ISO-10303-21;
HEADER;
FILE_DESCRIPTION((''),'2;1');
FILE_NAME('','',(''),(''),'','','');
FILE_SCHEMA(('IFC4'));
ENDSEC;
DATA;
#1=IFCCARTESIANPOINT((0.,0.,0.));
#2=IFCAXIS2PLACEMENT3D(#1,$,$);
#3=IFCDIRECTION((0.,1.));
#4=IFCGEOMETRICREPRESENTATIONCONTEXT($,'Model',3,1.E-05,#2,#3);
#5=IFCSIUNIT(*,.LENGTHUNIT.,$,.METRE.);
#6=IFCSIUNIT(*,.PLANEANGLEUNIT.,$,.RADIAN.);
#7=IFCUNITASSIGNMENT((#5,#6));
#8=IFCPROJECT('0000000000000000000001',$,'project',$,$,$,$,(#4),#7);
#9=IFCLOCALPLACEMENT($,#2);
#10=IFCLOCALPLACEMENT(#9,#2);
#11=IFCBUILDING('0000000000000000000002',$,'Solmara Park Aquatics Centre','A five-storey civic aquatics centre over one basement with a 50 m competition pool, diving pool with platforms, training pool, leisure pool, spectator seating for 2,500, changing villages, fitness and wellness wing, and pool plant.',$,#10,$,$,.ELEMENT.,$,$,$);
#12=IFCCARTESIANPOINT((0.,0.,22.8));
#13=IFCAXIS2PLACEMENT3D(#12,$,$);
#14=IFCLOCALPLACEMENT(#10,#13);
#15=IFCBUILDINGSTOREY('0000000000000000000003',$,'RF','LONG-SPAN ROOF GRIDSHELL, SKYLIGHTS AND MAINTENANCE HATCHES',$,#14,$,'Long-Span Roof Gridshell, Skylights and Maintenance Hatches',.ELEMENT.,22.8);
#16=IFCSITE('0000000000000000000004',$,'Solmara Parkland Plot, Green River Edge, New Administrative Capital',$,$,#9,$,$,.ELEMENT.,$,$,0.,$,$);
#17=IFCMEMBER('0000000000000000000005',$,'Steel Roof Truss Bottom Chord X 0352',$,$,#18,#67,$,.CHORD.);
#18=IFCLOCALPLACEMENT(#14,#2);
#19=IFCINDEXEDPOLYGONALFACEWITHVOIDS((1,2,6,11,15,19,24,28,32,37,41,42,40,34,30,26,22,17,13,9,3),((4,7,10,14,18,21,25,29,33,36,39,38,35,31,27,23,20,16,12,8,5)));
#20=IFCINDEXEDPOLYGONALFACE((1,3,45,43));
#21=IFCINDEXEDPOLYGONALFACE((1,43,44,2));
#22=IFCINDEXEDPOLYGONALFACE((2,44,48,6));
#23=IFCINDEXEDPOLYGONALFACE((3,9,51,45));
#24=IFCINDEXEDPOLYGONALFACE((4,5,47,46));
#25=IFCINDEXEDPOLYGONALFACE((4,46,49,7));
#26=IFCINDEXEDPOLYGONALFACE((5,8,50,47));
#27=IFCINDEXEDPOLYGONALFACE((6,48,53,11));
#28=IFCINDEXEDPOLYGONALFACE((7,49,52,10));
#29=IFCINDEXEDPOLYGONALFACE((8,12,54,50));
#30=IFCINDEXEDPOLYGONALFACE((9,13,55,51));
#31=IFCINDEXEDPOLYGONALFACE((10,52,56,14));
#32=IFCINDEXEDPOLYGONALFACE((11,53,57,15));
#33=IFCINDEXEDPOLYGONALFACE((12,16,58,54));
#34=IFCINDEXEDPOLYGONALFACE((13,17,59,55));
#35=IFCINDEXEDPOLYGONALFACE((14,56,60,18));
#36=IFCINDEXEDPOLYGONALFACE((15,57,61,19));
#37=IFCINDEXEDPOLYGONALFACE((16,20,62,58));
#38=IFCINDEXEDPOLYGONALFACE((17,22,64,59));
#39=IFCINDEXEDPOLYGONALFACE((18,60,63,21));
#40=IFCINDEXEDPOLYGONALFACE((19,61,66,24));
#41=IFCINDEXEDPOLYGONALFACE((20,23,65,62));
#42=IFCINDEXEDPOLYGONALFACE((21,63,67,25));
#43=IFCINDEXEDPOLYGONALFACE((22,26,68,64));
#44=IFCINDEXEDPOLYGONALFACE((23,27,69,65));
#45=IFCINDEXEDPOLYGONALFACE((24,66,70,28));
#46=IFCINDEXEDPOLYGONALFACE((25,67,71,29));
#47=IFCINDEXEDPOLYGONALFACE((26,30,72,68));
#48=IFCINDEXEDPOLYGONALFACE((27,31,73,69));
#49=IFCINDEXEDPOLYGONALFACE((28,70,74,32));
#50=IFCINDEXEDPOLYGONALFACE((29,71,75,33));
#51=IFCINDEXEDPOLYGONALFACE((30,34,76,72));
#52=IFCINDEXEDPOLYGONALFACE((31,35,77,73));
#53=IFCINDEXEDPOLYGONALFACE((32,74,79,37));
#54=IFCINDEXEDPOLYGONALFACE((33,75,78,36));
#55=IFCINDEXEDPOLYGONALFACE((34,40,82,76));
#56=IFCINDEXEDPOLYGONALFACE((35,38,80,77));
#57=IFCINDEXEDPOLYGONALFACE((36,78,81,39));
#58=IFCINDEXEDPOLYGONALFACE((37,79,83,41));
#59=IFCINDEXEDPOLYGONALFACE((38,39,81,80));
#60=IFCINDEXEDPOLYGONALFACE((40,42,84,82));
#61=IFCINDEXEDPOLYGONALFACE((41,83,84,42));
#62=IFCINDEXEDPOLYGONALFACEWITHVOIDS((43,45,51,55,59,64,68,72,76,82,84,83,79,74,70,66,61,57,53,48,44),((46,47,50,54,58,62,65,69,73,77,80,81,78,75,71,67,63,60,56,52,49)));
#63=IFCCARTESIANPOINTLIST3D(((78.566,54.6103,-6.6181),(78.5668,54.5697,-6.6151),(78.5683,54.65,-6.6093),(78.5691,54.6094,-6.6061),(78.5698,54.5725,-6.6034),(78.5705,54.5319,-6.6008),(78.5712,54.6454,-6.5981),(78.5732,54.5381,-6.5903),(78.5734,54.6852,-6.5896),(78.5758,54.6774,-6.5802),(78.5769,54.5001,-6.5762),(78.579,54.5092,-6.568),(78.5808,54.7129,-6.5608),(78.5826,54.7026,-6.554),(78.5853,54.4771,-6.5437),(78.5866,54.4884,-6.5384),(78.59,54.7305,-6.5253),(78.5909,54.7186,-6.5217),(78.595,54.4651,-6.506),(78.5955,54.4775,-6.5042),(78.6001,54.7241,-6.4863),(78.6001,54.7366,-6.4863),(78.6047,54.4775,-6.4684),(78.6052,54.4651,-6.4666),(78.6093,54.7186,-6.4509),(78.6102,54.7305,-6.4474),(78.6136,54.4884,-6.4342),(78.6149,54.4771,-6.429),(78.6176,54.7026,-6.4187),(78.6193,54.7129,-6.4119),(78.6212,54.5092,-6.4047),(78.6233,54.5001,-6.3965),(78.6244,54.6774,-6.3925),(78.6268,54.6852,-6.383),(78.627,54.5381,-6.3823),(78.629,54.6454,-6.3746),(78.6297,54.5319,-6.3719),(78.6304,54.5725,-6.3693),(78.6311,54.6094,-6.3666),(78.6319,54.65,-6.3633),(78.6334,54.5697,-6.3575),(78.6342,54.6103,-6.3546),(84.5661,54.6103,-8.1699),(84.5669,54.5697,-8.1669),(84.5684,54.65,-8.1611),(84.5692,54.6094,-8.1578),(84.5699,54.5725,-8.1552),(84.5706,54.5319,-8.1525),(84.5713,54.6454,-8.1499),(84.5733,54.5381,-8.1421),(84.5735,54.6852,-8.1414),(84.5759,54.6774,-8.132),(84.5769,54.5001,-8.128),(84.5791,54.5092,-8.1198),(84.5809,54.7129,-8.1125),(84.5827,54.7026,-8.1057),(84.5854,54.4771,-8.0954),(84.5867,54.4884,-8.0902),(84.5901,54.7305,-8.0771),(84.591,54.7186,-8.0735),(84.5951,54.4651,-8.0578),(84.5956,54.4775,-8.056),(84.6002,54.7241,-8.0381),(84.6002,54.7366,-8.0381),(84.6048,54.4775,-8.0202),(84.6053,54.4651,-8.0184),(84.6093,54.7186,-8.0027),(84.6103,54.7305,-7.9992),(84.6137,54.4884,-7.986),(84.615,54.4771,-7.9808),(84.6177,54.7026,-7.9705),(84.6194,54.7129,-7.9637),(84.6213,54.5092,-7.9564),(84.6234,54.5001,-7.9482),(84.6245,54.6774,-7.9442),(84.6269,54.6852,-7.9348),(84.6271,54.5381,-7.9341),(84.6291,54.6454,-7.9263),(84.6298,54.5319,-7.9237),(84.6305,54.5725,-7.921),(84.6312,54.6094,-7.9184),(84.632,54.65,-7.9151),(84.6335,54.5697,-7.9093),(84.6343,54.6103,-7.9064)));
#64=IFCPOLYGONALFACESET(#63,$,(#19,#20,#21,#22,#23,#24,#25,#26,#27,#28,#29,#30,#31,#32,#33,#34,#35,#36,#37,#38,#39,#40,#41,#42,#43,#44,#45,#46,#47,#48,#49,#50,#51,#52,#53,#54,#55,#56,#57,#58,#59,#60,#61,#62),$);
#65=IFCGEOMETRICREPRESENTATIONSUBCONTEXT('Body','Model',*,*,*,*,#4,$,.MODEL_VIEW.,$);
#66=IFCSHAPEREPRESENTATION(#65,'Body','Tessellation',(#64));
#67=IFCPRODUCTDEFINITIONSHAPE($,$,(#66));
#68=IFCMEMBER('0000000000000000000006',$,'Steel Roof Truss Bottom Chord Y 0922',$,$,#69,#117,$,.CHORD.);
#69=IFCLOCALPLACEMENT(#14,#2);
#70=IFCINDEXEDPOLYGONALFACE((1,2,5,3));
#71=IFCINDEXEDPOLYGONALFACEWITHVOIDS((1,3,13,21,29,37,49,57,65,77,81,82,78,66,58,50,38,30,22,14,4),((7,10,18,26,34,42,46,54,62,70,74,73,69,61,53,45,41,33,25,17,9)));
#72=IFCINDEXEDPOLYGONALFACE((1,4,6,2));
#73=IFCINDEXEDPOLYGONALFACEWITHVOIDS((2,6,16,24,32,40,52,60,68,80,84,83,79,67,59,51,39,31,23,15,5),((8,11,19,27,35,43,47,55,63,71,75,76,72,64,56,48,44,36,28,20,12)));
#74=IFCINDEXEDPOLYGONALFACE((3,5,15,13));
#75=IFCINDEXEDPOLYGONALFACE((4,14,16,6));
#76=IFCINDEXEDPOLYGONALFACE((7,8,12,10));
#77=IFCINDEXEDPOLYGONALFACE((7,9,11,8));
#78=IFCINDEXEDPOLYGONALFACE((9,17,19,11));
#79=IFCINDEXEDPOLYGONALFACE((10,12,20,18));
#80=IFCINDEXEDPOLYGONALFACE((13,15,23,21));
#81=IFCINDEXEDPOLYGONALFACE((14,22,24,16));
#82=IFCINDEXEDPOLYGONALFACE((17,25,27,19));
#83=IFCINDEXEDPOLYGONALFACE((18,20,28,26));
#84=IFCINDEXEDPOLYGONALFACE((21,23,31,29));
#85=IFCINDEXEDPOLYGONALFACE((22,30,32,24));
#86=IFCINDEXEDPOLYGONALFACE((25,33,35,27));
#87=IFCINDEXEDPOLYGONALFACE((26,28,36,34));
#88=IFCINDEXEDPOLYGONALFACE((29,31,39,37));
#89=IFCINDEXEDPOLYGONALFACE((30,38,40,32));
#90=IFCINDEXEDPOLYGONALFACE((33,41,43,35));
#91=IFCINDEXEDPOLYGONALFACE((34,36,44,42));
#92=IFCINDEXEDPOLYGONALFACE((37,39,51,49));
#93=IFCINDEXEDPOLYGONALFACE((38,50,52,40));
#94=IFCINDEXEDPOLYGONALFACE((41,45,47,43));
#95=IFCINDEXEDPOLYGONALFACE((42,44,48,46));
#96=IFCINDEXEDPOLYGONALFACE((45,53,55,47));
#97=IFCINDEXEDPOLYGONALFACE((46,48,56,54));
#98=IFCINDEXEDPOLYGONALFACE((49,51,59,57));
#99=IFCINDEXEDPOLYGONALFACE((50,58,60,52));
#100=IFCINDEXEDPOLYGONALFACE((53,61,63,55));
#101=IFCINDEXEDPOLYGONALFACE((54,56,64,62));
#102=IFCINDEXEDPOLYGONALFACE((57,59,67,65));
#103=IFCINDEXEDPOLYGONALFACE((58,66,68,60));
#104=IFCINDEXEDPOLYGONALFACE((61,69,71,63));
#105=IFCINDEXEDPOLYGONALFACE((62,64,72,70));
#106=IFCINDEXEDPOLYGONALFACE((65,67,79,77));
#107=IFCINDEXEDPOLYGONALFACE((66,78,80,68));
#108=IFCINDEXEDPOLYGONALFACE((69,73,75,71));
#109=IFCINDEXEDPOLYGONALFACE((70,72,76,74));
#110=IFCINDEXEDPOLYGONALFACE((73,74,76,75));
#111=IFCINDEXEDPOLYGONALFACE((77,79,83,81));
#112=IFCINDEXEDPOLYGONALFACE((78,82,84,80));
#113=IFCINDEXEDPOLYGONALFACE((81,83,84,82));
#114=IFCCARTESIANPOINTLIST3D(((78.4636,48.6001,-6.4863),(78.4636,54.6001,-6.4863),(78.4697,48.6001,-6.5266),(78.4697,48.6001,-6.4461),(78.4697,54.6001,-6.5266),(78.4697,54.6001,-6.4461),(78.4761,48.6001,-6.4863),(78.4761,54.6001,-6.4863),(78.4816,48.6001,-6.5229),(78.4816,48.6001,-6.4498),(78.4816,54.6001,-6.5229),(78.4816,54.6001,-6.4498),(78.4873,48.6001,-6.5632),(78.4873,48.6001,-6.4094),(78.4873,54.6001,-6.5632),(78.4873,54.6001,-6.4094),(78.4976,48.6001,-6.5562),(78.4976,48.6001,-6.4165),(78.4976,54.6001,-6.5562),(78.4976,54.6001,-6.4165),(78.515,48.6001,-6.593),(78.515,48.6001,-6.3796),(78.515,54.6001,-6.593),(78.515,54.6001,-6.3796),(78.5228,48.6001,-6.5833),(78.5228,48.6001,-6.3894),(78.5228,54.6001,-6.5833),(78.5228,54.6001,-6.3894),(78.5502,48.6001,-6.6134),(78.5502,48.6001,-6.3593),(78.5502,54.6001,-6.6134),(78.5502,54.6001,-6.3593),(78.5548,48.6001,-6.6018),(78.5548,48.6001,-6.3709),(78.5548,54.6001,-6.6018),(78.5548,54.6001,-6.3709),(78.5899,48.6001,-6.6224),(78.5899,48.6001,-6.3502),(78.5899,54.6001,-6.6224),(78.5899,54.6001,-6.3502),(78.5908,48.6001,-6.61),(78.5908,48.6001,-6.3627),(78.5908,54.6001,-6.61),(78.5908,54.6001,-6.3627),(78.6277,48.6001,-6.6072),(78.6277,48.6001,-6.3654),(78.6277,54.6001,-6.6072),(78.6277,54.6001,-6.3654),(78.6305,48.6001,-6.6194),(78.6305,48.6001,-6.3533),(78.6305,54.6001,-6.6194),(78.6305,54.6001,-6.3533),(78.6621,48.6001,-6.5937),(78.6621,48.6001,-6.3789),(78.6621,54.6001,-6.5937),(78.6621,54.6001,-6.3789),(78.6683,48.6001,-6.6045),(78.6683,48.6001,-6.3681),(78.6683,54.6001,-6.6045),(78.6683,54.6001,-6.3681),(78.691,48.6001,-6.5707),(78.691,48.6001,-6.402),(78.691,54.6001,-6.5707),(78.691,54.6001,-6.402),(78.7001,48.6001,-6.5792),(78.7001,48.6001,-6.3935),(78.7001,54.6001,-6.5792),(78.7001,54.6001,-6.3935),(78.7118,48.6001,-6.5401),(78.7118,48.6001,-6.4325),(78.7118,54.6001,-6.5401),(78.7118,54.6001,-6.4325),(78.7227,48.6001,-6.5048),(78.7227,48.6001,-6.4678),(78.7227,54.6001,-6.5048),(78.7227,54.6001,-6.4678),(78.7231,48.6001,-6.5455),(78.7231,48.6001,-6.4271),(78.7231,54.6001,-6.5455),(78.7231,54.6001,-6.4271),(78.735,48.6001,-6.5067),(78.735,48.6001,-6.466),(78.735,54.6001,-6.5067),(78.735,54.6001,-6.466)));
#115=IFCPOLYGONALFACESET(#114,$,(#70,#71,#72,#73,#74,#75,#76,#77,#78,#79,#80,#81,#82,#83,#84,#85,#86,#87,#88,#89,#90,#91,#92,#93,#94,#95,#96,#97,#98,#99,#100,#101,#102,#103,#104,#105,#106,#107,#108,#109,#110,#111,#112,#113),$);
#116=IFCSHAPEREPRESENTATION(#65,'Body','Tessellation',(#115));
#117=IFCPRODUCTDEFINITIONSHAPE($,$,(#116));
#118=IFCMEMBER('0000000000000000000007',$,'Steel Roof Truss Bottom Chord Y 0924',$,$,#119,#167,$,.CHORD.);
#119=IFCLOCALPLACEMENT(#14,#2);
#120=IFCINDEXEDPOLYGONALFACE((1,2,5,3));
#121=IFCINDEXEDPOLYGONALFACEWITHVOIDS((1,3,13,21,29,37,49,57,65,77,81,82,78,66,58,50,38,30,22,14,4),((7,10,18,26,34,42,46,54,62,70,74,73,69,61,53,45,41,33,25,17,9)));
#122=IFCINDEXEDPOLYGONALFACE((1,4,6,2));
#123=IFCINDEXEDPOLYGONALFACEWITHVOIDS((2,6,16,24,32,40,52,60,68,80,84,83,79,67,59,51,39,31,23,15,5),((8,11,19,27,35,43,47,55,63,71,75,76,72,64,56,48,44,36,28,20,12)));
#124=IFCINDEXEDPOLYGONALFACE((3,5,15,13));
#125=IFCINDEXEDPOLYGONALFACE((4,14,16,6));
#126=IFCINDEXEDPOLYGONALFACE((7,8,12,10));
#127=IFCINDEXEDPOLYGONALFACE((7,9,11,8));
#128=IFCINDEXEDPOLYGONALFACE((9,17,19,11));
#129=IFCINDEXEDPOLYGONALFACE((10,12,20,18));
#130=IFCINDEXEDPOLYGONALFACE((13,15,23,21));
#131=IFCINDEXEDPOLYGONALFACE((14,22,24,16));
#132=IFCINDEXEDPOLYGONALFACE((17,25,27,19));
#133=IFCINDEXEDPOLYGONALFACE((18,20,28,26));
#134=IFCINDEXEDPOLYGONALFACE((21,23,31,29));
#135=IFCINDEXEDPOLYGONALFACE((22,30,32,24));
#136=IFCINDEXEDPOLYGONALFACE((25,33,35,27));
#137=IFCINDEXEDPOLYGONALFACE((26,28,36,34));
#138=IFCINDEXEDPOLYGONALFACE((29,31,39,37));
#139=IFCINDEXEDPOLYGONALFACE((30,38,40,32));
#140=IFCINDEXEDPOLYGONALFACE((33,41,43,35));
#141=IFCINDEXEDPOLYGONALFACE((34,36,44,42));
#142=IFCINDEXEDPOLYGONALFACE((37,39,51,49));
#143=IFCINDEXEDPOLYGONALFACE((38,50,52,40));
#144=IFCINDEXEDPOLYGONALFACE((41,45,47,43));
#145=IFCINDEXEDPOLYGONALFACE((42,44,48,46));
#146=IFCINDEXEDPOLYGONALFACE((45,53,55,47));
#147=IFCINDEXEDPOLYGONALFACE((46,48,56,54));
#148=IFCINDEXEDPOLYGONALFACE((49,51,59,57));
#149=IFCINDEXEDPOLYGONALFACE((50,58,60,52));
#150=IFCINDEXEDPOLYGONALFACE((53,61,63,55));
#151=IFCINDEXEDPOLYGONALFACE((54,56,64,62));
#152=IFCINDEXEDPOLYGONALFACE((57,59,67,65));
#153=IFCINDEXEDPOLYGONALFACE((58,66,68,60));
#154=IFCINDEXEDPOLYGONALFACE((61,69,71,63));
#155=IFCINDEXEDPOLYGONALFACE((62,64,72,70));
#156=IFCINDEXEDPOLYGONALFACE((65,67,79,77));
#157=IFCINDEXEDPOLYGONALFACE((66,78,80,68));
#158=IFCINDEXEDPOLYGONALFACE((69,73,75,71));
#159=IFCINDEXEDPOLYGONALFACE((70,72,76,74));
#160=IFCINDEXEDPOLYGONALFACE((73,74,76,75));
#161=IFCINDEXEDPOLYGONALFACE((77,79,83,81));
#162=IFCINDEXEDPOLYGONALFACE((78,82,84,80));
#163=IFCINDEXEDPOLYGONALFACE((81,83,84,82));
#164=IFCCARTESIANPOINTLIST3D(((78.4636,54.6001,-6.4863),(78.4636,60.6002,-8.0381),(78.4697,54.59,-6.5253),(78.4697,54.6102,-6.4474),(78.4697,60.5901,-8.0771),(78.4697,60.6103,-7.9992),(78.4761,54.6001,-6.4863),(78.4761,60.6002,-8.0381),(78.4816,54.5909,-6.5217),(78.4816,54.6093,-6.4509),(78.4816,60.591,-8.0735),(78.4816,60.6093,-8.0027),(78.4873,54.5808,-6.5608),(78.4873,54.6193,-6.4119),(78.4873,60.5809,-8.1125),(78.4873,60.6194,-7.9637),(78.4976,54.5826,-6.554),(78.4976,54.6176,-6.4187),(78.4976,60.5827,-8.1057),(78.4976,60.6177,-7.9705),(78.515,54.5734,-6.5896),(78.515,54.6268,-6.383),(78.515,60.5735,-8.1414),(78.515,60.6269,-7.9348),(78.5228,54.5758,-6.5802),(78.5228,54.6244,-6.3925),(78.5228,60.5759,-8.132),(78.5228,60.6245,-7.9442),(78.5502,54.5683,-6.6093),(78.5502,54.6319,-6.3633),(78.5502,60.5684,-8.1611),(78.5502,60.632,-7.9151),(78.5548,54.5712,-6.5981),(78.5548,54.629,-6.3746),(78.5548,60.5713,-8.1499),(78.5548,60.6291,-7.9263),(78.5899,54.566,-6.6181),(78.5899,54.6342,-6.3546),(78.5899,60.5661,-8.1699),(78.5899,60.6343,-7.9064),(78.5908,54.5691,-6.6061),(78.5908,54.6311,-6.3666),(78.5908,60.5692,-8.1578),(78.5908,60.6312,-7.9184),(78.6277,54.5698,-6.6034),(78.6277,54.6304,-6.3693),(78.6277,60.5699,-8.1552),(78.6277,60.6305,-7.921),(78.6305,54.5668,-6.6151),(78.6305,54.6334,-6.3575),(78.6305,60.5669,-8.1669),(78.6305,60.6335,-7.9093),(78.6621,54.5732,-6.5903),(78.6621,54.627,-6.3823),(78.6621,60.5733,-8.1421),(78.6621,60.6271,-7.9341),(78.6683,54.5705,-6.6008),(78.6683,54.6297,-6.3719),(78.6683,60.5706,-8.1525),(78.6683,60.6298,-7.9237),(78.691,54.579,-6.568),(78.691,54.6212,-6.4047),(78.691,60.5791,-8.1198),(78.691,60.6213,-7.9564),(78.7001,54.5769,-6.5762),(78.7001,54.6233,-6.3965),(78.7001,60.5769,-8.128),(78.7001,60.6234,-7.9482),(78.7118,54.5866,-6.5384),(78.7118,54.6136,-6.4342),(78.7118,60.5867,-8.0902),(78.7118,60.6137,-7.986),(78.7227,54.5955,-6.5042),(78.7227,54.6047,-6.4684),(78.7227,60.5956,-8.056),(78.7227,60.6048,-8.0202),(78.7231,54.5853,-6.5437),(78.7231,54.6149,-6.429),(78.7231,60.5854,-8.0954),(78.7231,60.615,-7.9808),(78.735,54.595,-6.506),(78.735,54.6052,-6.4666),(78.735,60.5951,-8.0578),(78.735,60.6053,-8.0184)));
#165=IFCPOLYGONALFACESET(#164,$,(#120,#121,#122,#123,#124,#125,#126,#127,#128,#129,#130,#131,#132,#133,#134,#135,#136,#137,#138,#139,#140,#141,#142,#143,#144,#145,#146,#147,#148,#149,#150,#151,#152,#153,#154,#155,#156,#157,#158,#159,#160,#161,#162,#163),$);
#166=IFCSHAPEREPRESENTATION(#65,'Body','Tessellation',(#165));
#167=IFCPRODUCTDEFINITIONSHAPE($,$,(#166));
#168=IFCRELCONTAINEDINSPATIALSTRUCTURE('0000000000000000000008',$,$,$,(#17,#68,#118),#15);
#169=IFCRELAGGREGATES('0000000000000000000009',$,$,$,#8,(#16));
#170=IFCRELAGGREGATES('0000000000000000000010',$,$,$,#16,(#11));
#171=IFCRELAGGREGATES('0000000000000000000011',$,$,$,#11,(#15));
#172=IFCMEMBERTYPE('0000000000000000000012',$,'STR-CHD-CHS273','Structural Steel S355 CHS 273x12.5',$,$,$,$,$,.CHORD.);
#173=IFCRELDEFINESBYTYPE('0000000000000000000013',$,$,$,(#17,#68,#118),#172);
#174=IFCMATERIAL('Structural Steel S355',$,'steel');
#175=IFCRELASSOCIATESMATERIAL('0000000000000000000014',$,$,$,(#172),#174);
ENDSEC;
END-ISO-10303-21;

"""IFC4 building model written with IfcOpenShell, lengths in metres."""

from ifc_helpers import new_model, si_unit, direction, frame, origin, origin_2d, place, context, subcontext, project, spatial, hollow_circle, extrude, material, material_profile, profile_set, type_object, element, save


model = new_model("IFC4")

# Units and contexts
model_context = context("Model", 3, precision=1e-05, world=origin(), true_north=direction((0.0, 1.0)))
body_context = subcontext(model_context, "Body", "Model", "MODEL_VIEW")
ifc_project = project(units=[si_unit("LENGTHUNIT", "METRE"), si_unit("PLANEANGLEUNIT", "RADIAN")], contexts=[model_context])

# Site, building, storey
site_placement = place(None, origin())
site = spatial("IfcSite", under=ifc_project, at=site_placement, Name="Solmara Parkland Plot, Green River Edge, New Administrative Capital", CompositionType="ELEMENT", RefElevation=0.0)
building_placement = place(site_placement, origin())
building = spatial("IfcBuilding", under=site, at=building_placement, Name="Solmara Park Aquatics Centre", Description="A five-storey civic aquatics centre over one basement with a 50 m competition pool, diving pool with platforms, training pool, leisure pool, spectator seating for 2,500, changing villages, fitness and wellness wing, and pool plant.", CompositionType="ELEMENT")
storey_placement = place(building_placement, frame((0.0, 0.0, 22.8)))
storey = spatial("IfcBuildingStorey", under=building, at=storey_placement, Name="RF", Description="LONG-SPAN ROOF GRIDSHELL, SKYLIGHTS AND MAINTENANCE HATCHES", LongName="Long-Span Roof Gridshell, Skylights and Maintenance Hatches", CompositionType="ELEMENT", Elevation=22.8)

# Members
ifc_material_1 = material(Name="Structural Steel S355", Category="steel")
ifc_material_profile_1 = material_profile(ifc_material_1, hollow_circle(Radius=0.1365, WallThickness=0.0125, at=origin_2d()), Name="CHS 273x12.5")
ifc_profile_set_1 = profile_set([ifc_material_profile_1], Name="Structural Steel S355")
member_type_1 = type_object("IfcMemberType", Name="STR-CHD-CHS273", Description="Structural Steel S355 CHS 273x12.5", PredefinedType="CHORD", material=ifc_profile_set_1)
member_1_placement = place(storey_placement, frame((78.6001, 54.6001, -6.4863), z_axis=(0.968146, 0.0, -0.250388), x_axis=(0.0, 1.0, 0.0)))
element("IfcMember", 1, at=member_1_placement, inside=storey, type_object=member_type_1, Name="Steel Roof Truss Bottom Chord X 0352", PredefinedType="CHORD", context=body_context, shape_type="SweptSolid", body=[
    extrude(hollow_circle(Radius=0.1365, WallThickness=0.0125, at=origin_2d()), origin(), (0.0, 0.0, 1.0), 6.1975),
])
member_2_placement = place(storey_placement, frame((78.6001, 48.6001, -6.4863), z_axis=(0.0, 1.0, 0.0), x_axis=(-1.0, 0.0, 0.0)))
element("IfcMember", 2, at=member_2_placement, inside=storey, type_object=member_type_1, Name="Steel Roof Truss Bottom Chord Y 0922", PredefinedType="CHORD", context=body_context, shape_type="SweptSolid", body=[
    extrude(hollow_circle(Radius=0.1365, WallThickness=0.0125, at=origin_2d()), origin(), (0.0, 0.0, 1.0), 6.0),
])
member_3_placement = place(storey_placement, frame((78.6001, 54.6001, -6.4863), z_axis=(0.0, 0.968146, -0.250388), x_axis=(-1.0, 0.0, 0.0)))
element("IfcMember", 3, at=member_3_placement, inside=storey, type_object=member_type_1, Name="Steel Roof Truss Bottom Chord Y 0924", PredefinedType="CHORD", context=body_context, shape_type="SweptSolid", body=[
    extrude(hollow_circle(Radius=0.1365, WallThickness=0.0125, at=origin_2d()), origin(), (0.0, 0.0, 1.0), 6.1975),
])

save(model, "model.ifc")
